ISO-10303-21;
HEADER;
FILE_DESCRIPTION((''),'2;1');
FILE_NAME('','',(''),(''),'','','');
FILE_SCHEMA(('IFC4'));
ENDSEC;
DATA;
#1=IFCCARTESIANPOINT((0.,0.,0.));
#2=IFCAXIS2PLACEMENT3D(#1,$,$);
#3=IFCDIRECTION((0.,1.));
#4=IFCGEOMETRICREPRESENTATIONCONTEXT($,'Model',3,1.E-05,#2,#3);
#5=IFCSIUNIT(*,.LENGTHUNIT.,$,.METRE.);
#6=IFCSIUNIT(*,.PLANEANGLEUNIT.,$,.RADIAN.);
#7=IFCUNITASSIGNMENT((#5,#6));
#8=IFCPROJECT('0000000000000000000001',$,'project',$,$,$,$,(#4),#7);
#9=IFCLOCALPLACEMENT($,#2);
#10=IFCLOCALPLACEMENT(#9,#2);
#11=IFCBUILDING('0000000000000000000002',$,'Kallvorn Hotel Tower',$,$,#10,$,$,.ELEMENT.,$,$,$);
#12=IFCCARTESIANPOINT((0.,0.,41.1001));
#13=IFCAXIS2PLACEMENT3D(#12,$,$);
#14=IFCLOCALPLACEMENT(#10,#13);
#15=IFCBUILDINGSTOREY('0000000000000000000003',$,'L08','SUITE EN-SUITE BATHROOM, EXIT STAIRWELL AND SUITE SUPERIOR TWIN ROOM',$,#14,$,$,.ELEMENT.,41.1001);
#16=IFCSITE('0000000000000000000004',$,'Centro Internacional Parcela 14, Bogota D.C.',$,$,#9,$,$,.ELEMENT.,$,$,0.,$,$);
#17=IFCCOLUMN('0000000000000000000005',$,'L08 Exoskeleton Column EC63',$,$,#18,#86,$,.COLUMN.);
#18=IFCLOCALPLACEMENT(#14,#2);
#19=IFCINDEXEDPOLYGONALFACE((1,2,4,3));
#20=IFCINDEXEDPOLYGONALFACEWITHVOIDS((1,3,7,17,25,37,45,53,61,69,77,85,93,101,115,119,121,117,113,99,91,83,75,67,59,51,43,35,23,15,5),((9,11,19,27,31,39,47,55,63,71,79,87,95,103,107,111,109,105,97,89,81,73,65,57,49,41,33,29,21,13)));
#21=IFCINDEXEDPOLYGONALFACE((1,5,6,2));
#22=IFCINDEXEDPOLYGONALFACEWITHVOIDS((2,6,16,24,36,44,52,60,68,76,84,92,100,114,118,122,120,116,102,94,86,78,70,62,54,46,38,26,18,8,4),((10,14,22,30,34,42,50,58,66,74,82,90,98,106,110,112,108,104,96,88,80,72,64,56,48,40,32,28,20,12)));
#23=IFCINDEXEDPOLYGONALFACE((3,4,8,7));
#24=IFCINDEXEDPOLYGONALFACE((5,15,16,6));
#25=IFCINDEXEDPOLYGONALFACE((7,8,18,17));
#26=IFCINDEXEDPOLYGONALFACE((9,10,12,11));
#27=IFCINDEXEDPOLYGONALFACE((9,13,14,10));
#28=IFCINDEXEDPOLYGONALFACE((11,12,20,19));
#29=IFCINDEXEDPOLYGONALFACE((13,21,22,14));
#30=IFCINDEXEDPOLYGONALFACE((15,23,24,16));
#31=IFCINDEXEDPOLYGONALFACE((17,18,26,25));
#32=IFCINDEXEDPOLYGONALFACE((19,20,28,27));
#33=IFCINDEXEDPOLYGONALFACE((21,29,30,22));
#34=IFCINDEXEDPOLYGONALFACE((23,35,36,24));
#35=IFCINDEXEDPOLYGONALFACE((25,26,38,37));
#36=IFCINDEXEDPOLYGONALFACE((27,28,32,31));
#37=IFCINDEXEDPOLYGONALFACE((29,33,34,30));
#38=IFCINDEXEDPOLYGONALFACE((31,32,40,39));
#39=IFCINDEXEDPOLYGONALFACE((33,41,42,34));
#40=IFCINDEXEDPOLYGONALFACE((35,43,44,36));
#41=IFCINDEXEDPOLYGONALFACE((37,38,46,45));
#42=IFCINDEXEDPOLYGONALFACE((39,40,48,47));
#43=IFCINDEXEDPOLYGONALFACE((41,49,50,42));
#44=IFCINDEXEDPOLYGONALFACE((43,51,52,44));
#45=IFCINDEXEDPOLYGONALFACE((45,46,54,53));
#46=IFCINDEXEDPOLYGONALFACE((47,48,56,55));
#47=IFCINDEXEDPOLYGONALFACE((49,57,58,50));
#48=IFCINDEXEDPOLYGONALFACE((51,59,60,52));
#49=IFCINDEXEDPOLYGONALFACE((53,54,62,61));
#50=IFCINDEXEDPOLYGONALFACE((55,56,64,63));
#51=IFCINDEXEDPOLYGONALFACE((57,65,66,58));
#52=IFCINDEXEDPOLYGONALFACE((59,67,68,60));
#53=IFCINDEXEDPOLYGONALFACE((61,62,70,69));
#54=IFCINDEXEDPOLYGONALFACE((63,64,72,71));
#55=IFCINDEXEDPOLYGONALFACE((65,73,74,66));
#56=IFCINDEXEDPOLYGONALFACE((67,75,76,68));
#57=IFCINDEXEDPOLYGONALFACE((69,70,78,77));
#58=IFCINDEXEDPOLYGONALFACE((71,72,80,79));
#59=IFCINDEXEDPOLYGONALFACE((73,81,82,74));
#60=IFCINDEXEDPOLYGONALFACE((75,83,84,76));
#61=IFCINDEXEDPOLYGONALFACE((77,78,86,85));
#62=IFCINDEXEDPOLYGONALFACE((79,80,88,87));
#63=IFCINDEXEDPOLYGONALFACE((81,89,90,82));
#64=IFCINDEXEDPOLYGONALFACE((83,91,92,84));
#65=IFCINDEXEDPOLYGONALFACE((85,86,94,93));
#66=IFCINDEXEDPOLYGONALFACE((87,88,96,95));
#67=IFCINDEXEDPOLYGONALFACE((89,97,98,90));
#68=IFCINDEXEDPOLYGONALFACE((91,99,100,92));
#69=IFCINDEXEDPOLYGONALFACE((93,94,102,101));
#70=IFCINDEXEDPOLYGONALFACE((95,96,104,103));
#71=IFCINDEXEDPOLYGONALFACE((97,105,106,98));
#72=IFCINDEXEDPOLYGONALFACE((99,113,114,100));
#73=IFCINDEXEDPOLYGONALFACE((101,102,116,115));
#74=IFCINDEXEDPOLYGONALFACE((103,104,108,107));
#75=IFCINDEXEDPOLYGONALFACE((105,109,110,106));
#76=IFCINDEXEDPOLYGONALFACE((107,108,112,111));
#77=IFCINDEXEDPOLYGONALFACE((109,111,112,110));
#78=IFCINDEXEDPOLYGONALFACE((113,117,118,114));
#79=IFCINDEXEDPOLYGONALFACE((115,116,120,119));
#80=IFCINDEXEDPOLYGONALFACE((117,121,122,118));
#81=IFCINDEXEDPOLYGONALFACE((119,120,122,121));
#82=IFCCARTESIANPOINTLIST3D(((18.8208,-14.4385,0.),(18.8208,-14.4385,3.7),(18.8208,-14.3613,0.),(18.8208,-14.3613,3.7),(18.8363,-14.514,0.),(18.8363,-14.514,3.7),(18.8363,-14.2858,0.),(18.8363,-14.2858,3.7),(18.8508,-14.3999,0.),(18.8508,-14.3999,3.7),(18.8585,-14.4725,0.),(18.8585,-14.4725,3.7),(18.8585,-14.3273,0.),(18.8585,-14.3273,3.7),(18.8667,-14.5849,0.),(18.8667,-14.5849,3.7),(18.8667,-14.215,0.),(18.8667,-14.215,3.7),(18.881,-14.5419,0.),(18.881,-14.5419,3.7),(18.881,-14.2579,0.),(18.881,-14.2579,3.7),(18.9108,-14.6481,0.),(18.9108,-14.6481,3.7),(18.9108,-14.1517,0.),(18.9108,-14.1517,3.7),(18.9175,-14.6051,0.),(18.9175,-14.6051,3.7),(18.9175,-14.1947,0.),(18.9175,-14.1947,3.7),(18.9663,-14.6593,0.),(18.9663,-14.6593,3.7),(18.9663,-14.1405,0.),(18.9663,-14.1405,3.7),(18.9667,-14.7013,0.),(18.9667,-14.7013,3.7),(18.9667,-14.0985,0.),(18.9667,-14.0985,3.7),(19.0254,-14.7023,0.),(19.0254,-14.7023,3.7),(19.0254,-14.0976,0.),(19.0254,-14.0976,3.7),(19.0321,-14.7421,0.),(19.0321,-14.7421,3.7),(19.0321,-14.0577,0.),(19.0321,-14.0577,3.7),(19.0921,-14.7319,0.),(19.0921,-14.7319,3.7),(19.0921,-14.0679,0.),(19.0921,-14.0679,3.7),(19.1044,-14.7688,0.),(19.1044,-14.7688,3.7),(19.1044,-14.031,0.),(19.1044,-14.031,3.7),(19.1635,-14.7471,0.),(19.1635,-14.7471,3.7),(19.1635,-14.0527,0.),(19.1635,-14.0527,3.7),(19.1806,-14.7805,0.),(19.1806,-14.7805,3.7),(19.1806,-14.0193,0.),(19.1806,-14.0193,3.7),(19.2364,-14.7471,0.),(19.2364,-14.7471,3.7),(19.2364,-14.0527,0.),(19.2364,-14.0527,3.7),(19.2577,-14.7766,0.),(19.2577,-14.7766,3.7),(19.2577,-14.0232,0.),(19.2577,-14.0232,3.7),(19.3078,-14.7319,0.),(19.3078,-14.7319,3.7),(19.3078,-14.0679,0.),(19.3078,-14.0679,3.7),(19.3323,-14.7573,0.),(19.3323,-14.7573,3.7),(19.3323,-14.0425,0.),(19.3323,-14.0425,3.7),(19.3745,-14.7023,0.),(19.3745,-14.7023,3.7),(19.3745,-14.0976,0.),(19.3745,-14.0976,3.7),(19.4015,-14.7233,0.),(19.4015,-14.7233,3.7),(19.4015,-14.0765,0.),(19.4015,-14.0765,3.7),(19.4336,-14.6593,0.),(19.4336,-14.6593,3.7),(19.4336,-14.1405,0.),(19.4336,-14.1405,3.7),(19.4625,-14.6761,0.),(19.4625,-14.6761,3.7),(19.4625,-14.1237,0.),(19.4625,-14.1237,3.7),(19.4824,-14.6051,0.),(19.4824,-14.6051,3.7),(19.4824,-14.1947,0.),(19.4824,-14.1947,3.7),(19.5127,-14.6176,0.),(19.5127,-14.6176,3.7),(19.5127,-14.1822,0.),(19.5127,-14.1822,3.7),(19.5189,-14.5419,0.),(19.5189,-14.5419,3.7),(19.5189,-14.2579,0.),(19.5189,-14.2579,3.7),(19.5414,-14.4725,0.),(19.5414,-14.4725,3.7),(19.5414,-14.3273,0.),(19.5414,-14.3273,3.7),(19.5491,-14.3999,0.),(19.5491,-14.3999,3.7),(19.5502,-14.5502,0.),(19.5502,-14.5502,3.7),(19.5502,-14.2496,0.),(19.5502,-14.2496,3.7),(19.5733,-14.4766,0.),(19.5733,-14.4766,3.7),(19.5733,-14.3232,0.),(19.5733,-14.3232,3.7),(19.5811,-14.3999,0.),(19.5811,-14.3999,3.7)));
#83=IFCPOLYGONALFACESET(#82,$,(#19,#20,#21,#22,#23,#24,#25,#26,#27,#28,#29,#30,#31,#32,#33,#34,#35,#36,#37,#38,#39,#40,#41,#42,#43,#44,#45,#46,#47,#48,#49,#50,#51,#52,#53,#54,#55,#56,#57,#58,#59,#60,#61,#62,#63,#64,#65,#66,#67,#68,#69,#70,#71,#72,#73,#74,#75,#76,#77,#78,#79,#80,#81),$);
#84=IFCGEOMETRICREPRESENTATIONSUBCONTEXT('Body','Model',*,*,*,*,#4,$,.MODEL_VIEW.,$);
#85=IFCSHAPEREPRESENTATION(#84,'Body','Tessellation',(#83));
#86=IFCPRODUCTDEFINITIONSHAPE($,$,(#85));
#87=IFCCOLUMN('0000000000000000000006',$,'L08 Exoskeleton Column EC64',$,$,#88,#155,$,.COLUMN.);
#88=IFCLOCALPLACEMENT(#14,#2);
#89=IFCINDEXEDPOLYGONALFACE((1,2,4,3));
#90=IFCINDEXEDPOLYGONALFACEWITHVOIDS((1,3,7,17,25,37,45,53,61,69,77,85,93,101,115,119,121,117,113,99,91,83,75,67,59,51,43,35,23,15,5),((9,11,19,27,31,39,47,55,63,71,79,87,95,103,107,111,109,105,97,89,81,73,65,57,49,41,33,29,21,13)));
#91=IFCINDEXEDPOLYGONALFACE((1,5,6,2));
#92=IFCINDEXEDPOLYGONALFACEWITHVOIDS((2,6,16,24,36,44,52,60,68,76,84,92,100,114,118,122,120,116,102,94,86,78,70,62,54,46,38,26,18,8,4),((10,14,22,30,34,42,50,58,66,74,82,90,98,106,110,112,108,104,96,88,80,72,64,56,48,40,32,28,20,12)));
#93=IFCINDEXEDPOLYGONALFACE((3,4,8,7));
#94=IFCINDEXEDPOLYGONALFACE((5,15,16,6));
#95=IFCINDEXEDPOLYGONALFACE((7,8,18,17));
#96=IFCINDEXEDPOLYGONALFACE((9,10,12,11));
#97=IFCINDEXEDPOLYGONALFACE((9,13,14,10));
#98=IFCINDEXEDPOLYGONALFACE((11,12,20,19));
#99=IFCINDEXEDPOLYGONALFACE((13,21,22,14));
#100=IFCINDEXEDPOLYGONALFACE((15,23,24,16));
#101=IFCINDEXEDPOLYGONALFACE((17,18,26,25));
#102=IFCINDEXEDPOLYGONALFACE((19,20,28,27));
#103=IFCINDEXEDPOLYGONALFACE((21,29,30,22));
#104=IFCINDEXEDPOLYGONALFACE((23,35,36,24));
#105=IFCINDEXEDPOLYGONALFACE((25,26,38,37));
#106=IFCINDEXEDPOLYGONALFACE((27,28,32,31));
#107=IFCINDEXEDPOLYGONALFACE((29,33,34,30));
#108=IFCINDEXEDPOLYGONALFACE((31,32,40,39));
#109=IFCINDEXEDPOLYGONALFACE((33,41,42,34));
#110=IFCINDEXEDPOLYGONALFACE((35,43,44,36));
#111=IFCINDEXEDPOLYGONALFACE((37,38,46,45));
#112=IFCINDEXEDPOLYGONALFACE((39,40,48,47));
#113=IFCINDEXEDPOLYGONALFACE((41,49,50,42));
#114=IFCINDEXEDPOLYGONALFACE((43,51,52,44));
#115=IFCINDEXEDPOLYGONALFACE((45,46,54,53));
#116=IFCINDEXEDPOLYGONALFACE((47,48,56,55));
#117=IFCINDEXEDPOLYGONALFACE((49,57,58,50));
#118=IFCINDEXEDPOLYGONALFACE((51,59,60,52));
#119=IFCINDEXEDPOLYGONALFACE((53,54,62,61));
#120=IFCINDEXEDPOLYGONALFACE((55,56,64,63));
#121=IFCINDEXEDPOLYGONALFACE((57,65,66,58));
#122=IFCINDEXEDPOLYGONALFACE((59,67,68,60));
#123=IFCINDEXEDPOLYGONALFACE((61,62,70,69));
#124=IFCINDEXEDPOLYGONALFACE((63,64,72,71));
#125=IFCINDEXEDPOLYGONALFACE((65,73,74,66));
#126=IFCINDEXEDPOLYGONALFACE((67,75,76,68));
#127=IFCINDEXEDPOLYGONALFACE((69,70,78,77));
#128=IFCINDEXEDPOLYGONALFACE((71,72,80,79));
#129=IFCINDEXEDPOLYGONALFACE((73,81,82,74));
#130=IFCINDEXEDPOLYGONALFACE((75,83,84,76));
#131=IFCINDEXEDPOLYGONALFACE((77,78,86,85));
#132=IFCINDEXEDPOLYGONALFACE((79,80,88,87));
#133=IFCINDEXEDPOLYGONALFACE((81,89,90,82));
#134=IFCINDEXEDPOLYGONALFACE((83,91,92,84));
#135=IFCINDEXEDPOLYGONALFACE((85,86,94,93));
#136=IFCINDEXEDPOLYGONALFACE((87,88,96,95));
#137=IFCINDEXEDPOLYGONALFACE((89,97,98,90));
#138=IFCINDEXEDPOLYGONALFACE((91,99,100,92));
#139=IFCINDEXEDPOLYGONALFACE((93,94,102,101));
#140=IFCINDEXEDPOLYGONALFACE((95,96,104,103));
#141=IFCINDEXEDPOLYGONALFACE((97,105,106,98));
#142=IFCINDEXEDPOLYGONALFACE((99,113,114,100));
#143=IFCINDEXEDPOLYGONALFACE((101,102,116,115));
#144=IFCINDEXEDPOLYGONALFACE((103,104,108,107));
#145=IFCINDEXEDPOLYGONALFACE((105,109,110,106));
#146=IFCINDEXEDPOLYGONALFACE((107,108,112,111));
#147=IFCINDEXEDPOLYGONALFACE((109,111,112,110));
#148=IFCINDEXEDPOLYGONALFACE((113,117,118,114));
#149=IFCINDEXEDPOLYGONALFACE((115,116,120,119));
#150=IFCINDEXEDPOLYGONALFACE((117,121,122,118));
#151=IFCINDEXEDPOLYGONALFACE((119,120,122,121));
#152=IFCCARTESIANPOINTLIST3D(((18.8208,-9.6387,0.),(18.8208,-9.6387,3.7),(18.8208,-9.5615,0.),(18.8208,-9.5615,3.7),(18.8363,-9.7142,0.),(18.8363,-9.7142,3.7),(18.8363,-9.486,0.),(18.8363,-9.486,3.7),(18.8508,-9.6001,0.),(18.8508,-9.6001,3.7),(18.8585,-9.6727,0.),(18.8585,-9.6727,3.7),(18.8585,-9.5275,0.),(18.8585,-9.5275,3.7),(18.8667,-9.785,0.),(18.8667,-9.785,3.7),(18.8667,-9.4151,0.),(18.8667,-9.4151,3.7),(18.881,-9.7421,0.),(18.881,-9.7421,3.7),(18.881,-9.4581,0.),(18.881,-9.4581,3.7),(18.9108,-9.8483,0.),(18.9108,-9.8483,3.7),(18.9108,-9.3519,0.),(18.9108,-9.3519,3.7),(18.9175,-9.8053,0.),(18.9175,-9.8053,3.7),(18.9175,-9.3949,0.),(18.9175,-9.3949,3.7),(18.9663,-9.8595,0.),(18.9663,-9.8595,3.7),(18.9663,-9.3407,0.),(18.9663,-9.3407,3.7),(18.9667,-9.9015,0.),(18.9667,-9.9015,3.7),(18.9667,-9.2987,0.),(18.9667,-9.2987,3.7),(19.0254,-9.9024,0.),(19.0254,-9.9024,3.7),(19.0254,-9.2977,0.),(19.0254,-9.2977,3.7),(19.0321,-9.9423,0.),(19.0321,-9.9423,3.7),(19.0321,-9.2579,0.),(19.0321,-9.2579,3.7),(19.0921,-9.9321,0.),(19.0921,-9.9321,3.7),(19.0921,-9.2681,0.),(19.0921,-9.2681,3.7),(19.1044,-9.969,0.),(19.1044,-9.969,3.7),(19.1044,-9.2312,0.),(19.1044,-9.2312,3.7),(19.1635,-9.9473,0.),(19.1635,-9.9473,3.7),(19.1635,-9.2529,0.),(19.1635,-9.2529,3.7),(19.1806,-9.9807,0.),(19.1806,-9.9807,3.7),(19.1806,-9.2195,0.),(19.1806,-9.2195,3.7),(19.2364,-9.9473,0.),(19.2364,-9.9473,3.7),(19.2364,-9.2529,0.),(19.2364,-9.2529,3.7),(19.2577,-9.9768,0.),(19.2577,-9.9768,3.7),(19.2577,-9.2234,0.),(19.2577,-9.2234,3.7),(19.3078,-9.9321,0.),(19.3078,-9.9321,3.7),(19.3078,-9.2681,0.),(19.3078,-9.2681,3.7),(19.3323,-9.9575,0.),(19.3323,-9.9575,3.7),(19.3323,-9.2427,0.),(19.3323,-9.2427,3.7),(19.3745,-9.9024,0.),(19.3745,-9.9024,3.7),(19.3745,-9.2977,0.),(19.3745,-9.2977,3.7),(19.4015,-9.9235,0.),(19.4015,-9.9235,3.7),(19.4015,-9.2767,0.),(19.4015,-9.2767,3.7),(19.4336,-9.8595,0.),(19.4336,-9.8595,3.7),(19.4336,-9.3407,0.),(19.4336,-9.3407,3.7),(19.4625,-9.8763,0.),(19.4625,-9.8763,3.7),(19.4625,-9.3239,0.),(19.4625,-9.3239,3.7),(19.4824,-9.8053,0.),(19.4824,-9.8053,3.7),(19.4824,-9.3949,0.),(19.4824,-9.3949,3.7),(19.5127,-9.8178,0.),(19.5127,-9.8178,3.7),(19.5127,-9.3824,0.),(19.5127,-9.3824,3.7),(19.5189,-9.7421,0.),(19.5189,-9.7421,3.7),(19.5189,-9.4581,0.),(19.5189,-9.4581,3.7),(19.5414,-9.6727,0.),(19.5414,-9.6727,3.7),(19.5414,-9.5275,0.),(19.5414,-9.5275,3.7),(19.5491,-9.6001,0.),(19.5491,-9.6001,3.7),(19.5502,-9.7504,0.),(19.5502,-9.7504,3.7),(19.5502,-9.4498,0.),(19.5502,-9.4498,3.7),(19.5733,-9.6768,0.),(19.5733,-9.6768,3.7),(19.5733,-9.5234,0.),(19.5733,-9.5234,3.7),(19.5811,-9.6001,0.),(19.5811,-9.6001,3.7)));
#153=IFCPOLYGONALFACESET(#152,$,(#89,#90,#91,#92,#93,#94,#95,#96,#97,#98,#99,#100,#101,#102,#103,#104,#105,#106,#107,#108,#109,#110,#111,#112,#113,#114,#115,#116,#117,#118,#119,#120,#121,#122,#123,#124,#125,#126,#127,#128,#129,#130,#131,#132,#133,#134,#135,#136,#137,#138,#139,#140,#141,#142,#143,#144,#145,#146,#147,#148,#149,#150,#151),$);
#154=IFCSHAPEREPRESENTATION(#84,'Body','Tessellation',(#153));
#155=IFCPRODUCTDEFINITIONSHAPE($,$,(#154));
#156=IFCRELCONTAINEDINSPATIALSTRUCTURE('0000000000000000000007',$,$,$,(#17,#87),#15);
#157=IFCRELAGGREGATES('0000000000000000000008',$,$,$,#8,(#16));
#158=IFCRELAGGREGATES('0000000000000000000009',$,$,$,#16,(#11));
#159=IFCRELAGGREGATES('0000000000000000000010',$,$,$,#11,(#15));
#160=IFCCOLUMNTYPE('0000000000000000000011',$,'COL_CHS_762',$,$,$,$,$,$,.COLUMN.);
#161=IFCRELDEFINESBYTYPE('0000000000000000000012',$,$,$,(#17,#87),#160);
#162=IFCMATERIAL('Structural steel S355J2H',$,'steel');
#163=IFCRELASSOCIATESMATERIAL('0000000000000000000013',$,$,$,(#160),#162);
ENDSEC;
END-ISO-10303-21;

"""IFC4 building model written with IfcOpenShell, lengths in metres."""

from ifc_helpers import new_model, si_unit, direction, frame, origin, origin_2d, place, context, subcontext, project, spatial, hollow_circle, extrude, material, material_profile, profile_set, type_object, element, save


model = new_model("IFC4")

# Units and contexts
model_context = context("Model", 3, precision=1e-05, world=origin(), true_north=direction((0.0, 1.0)))
body_context = subcontext(model_context, "Body", "Model", "MODEL_VIEW")
ifc_project = project(units=[si_unit("LENGTHUNIT", "METRE"), si_unit("PLANEANGLEUNIT", "RADIAN")], contexts=[model_context])

# Site, building, storey
site_placement = place(None, origin())
site = spatial("IfcSite", under=ifc_project, at=site_placement, Name="Centro Internacional Parcela 14, Bogota D.C.", CompositionType="ELEMENT", RefElevation=0.0)
building_placement = place(site_placement, origin())
building = spatial("IfcBuilding", under=site, at=building_placement, Name="Kallvorn Hotel Tower", CompositionType="ELEMENT")
storey_placement = place(building_placement, frame((0.0, 0.0, 41.1001)))
storey = spatial("IfcBuildingStorey", under=building, at=storey_placement, Name="L08", Description="SUITE EN-SUITE BATHROOM, EXIT STAIRWELL AND SUITE SUPERIOR TWIN ROOM", CompositionType="ELEMENT", Elevation=41.1001)

# Columns
ifc_material_1 = material(Name="Structural steel S355J2H", Category="steel")
ifc_material_profile_1 = material_profile(ifc_material_1, hollow_circle(Radius=0.3811, WallThickness=0.032, at=origin_2d()), Name="CHS 762x32")
ifc_profile_set_1 = profile_set([ifc_material_profile_1], Name="Structural steel S355J2H")
column_type_1 = type_object("IfcColumnType", Name="COL_CHS_762", PredefinedType="COLUMN", material=ifc_profile_set_1)
for number, where, z_axis, x_axis, name in (
    (1, (19.2, -14.3999, 0.0), (0.0, 0.0, 1.0), (1.0, 0.0, 0.0), "L08 Exoskeleton Column EC63"),
    (2, (19.2, -9.6001, 0.0), (0.0, 0.0, 1.0), (1.0, 0.0, 0.0), "L08 Exoskeleton Column EC64"),
):
    element("IfcColumn", number, at=place(storey_placement, frame(where, z_axis=z_axis, x_axis=x_axis)), inside=storey, type_object=column_type_1, Name=name, PredefinedType="COLUMN", context=body_context, shape_type="SweptSolid", body=[
        extrude(hollow_circle(Radius=0.3811, WallThickness=0.032, at=origin_2d()), origin(), (0.0, 0.0, 1.0), 3.7),
    ])

save(model, "model.ifc")
